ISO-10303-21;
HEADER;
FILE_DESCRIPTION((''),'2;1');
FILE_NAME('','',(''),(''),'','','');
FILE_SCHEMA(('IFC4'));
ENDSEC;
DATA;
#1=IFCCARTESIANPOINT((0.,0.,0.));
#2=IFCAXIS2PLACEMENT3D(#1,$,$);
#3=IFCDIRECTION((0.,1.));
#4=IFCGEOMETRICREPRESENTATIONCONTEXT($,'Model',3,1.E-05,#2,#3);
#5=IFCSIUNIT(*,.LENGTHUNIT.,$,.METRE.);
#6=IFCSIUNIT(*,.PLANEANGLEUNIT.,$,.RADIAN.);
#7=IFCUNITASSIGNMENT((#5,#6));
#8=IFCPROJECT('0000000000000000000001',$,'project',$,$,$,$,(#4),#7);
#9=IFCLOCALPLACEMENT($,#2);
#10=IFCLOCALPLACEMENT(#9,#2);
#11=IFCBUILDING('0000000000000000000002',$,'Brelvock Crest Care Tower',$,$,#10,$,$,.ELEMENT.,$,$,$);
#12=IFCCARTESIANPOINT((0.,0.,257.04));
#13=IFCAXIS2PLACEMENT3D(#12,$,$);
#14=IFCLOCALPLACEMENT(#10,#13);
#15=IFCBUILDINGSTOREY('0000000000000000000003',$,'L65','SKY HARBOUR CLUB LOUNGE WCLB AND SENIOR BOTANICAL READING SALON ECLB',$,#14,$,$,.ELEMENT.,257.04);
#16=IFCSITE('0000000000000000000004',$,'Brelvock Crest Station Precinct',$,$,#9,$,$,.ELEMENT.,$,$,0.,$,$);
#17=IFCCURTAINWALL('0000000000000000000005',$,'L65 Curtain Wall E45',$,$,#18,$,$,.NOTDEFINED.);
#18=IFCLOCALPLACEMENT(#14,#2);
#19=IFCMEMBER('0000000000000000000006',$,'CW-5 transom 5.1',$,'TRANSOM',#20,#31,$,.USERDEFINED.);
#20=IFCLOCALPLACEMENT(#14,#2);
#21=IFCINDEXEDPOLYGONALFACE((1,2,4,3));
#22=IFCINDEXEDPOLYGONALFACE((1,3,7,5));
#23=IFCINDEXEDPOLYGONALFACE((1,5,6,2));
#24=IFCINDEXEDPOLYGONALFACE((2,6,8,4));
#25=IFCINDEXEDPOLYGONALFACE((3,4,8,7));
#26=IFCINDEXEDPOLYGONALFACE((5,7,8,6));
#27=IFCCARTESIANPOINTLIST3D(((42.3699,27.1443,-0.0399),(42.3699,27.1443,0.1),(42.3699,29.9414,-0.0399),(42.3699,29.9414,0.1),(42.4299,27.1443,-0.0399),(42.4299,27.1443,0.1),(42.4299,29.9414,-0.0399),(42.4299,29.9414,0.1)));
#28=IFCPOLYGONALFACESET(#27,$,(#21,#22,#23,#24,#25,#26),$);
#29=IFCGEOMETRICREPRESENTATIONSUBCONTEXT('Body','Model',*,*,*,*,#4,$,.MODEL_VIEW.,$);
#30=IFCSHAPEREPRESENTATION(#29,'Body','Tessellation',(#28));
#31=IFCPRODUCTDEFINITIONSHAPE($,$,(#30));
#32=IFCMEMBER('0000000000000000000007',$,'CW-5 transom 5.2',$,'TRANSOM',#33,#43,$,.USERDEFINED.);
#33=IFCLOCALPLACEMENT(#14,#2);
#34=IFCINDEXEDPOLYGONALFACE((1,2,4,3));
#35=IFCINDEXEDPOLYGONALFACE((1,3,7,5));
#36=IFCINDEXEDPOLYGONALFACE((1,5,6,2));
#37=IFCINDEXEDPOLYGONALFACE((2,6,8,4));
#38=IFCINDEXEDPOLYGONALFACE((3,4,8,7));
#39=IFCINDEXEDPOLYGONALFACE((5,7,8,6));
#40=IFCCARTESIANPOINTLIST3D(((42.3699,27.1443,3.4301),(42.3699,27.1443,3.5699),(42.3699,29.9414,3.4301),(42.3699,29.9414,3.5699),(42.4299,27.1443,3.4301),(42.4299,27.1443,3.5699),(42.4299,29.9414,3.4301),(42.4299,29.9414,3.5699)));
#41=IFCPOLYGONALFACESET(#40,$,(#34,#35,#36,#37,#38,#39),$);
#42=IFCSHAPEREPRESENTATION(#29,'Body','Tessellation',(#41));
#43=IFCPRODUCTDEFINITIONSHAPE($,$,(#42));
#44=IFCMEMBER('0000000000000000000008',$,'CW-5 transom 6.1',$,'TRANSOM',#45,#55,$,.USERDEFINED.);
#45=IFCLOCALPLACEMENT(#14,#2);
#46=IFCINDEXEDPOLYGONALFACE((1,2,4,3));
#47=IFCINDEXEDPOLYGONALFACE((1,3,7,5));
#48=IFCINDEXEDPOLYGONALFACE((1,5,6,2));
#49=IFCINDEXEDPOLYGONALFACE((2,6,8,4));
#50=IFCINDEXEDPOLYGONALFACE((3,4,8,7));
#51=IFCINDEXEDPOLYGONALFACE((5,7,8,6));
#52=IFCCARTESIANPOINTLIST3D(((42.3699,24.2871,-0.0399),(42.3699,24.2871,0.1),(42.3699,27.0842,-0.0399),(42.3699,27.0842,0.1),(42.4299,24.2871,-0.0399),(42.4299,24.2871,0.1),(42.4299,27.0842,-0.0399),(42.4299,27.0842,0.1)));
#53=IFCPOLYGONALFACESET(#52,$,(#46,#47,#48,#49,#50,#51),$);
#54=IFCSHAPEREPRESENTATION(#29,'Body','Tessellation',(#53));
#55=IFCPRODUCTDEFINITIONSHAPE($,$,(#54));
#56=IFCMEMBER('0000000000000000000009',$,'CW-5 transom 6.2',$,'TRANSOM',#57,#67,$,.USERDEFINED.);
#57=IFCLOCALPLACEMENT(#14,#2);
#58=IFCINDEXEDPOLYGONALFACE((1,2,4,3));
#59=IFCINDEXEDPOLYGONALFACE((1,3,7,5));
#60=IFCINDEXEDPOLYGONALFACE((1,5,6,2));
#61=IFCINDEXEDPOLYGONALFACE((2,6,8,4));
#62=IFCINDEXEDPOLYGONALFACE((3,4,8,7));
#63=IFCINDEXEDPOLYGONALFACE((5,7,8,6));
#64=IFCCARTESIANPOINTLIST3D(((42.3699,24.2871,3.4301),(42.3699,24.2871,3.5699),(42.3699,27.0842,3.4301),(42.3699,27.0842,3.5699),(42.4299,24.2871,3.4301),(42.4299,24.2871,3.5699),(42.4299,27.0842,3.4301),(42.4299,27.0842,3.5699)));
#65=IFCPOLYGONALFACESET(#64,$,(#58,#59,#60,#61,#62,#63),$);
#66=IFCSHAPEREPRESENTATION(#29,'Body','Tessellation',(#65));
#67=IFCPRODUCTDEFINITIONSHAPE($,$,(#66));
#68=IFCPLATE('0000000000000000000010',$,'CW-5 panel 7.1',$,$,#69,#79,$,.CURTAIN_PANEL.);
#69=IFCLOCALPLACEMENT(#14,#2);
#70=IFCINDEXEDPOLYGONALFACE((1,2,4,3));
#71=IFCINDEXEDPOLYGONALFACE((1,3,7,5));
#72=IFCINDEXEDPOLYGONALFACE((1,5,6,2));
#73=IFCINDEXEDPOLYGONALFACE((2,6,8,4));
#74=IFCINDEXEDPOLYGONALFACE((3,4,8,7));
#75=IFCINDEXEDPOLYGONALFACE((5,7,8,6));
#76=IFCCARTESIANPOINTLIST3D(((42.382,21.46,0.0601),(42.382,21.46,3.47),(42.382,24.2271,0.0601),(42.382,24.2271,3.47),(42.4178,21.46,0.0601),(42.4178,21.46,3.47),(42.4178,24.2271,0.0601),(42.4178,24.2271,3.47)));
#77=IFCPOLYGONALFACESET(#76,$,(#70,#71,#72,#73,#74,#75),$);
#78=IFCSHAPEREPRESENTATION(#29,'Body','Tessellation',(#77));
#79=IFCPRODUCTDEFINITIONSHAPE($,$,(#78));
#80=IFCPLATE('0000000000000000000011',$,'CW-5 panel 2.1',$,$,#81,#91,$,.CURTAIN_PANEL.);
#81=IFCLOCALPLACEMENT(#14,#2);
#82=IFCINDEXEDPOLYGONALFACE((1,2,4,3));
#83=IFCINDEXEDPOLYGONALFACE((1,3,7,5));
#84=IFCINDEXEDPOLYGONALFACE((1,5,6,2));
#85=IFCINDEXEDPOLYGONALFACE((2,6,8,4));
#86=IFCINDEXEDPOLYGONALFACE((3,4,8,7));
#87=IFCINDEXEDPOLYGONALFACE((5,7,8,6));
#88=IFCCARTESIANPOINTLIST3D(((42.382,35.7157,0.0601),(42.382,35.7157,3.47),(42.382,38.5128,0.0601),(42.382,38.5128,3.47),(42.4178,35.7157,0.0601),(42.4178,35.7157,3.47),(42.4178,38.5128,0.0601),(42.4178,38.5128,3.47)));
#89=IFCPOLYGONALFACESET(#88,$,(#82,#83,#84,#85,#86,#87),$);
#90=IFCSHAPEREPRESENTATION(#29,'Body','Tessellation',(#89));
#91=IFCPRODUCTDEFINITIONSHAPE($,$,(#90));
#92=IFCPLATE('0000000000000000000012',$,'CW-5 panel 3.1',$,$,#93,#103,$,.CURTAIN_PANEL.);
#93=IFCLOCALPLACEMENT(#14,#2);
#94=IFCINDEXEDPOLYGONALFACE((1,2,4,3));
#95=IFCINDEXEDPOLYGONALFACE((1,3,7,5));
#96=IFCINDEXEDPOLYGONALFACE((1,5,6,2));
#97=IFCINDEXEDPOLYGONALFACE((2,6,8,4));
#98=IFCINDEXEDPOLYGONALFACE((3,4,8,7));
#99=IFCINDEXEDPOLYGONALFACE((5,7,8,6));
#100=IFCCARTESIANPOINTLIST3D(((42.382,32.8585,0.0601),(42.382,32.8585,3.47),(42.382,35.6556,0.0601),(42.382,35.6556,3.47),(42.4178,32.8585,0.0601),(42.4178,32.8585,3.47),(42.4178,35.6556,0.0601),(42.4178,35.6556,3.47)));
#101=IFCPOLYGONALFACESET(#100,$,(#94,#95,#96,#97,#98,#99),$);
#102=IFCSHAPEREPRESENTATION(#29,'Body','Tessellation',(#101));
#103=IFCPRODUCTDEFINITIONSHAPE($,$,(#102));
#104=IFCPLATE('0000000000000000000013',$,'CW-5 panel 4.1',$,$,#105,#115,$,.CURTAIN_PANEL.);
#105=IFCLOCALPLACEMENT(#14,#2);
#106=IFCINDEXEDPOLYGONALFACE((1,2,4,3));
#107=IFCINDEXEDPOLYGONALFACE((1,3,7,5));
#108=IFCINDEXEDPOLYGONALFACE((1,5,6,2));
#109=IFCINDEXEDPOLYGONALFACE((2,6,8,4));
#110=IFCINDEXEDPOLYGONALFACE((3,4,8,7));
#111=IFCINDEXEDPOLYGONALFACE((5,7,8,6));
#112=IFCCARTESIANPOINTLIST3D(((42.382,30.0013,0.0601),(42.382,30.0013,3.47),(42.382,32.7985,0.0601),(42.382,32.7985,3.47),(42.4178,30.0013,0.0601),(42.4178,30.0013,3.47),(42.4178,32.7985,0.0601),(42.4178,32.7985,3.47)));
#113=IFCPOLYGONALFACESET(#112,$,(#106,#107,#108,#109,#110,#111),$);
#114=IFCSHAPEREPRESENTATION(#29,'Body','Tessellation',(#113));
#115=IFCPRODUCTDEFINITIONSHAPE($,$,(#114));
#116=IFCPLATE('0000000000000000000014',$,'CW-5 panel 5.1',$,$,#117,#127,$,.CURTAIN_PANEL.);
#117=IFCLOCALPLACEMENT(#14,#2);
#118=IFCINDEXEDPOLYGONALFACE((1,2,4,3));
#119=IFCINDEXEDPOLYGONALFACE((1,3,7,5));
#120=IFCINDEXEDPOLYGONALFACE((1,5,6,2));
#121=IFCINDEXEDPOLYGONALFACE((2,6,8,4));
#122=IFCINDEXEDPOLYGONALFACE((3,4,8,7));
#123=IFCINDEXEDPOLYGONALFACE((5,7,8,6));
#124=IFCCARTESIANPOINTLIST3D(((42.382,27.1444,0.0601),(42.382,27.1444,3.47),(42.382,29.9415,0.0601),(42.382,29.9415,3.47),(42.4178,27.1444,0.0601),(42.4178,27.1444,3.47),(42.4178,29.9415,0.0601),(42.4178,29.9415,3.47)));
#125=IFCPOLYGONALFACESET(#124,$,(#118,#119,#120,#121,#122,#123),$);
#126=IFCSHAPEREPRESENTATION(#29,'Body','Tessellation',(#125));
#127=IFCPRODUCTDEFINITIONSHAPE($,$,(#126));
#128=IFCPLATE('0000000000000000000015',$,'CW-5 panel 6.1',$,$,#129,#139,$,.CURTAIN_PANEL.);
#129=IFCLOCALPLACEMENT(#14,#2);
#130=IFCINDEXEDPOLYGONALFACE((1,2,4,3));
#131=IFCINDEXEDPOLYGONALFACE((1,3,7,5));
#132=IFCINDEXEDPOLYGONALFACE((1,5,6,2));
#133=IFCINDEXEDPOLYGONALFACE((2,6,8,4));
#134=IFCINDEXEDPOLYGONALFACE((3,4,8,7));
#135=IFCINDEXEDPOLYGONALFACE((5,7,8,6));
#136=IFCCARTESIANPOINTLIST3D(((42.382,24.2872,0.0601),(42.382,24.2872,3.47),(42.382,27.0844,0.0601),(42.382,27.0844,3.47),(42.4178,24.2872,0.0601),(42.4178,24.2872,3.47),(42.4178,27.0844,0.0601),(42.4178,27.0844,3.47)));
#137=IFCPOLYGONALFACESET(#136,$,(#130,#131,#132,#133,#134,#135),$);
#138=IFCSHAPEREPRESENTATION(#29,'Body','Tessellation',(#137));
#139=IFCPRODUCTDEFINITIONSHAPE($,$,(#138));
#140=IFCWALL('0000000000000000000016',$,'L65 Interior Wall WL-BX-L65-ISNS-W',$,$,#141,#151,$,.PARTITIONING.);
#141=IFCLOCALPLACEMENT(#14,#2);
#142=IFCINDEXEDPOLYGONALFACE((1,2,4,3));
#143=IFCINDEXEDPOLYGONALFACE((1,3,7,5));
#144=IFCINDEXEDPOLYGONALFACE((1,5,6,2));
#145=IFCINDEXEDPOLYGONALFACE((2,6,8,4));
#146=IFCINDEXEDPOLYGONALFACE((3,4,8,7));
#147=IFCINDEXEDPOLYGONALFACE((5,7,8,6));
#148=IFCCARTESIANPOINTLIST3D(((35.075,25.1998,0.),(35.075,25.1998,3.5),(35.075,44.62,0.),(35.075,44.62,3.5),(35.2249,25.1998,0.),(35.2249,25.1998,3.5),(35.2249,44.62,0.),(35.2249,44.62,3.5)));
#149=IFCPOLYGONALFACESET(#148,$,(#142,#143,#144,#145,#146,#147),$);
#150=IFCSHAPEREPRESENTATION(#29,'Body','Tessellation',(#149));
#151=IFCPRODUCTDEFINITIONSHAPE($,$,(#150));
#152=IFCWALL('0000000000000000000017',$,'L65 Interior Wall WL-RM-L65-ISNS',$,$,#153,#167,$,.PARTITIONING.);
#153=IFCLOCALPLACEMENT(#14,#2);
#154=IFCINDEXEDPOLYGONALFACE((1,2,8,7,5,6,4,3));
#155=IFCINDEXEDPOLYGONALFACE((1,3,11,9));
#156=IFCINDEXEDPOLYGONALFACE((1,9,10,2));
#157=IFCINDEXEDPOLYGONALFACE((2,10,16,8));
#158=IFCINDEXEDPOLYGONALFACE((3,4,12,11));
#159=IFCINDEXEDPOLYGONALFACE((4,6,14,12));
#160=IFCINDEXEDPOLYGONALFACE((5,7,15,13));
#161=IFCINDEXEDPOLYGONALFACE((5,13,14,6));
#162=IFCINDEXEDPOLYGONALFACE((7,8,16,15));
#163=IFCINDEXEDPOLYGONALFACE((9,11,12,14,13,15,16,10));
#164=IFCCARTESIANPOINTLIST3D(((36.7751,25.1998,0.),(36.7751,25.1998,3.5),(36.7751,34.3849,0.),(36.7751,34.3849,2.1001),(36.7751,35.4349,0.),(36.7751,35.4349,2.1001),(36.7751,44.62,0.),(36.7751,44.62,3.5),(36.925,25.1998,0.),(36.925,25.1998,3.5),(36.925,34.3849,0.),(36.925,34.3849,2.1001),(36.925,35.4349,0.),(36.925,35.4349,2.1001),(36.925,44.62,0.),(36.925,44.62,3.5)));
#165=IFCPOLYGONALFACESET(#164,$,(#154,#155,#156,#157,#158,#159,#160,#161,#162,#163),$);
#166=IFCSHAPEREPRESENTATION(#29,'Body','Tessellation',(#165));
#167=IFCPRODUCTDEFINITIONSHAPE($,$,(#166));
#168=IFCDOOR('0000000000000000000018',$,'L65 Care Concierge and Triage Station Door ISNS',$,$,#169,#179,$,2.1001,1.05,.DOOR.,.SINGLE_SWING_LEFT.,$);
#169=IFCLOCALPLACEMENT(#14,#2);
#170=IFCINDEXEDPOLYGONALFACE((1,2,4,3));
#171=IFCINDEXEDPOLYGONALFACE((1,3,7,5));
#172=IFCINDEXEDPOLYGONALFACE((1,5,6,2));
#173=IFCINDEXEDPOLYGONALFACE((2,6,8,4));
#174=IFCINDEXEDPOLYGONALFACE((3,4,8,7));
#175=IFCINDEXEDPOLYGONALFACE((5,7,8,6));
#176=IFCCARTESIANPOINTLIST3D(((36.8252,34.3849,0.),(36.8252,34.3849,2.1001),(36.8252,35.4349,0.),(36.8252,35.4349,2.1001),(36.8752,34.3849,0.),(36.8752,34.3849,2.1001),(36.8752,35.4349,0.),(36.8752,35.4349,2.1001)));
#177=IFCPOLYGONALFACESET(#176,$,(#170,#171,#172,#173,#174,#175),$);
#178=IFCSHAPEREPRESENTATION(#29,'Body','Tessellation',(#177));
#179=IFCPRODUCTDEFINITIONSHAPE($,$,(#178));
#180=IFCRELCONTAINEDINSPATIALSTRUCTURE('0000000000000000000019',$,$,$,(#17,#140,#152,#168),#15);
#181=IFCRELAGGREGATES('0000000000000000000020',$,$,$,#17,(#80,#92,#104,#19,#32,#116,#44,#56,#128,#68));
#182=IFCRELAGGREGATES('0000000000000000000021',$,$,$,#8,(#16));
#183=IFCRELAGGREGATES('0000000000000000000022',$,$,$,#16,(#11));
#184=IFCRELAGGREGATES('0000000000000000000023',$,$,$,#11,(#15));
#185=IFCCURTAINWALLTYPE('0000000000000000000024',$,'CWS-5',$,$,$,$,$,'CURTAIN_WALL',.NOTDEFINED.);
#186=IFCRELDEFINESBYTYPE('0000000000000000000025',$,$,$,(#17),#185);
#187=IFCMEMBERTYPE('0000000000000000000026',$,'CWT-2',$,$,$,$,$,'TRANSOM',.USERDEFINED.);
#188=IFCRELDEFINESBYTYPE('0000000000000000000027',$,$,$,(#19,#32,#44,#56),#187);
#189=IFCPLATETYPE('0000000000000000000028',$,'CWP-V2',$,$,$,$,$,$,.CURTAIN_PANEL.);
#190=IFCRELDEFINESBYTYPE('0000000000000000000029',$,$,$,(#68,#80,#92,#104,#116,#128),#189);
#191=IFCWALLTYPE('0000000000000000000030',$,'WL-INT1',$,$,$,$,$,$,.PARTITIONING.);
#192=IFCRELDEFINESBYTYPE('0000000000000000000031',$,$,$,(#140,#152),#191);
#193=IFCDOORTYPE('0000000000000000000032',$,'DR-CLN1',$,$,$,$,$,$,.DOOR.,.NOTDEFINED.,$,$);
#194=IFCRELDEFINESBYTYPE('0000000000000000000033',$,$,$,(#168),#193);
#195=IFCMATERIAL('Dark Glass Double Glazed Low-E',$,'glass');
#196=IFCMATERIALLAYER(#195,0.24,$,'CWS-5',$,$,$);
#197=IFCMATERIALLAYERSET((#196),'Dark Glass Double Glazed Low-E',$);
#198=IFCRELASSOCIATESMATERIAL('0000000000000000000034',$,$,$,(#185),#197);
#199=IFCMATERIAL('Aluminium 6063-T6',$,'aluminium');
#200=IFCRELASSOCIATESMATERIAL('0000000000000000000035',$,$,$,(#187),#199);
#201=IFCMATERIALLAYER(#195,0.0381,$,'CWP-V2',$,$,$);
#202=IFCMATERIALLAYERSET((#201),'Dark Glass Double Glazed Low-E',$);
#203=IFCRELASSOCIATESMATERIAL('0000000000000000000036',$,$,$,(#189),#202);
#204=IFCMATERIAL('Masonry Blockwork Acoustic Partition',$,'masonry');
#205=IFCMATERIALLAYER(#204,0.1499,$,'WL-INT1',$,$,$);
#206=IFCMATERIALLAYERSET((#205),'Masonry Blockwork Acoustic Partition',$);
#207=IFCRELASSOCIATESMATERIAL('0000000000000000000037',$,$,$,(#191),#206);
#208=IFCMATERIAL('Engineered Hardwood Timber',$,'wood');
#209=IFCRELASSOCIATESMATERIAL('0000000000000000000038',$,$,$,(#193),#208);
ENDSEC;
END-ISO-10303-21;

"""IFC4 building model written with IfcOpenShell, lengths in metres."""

from ifc_helpers import new_model, si_unit, direction, frame, frame_2d, origin, origin_2d, place, context, subcontext, project, spatial, rectangle, extrude, source, transform, mapped, material, layer, layer_set, material_profile, profile_set, type_object, element, fill, aggregate, save


model = new_model("IFC4")

# Units and contexts
model_context = context("Model", 3, precision=1e-05, world=origin(), true_north=direction((0.0, 1.0)))
body_context = subcontext(model_context, "Body", "Model", "MODEL_VIEW")
ifc_project = project(units=[si_unit("LENGTHUNIT", "METRE"), si_unit("PLANEANGLEUNIT", "RADIAN")], contexts=[model_context])

# Site, building, storey
site_placement = place(None, origin())
site = spatial("IfcSite", under=ifc_project, at=site_placement, Name="Brelvock Crest Station Precinct", CompositionType="ELEMENT", RefElevation=0.0)
building_placement = place(site_placement, origin())
building = spatial("IfcBuilding", under=site, at=building_placement, Name="Brelvock Crest Care Tower", CompositionType="ELEMENT")
storey_placement = place(building_placement, frame((0.0, 0.0, 257.04)))
storey = spatial("IfcBuildingStorey", under=building, at=storey_placement, Name="L65", Description="SKY HARBOUR CLUB LOUNGE WCLB AND SENIOR BOTANICAL READING SALON ECLB", CompositionType="ELEMENT", Elevation=257.04)

# Curtain wall, members, plates
ifc_material_1 = material(Name="Dark Glass Double Glazed Low-E", Category="glass")
ifc_layer_1 = layer(ifc_material_1, 0.24, Name="CWS-5")
ifc_layer_set_1 = layer_set([ifc_layer_1], Name="Dark Glass Double Glazed Low-E")
curtain_wall_type = type_object("IfcCurtainWallType", Name="CWS-5", ElementType="CURTAIN_WALL", PredefinedType="NOTDEFINED", material=ifc_layer_set_1)
curtain_wall_placement = place(storey_placement, origin())
curtain_wall = element("IfcCurtainWall", 1, at=curtain_wall_placement, inside=storey, type_object=curtain_wall_type, Name="L65 Curtain Wall E45", PredefinedType="NOTDEFINED")
ifc_material_2 = material(Name="Aluminium 6063-T6", Category="aluminium")
ifc_material_profile_1 = material_profile(ifc_material_2, rectangle(XDim=0.0601, YDim=0.1399, at=origin_2d()), Name="ALU60x140")
ifc_profile_set_1 = profile_set([ifc_material_profile_1], Name="Aluminium 6063-T6")
member_type_1 = type_object("IfcMemberType", Name="CWT-2", ElementType="TRANSOM", PredefinedType="USERDEFINED", material=ifc_profile_set_1)
shared_shape_1 = source(origin(), body_context, "Body", "SweptSolid", [
    extrude(rectangle(XDim=0.0601, YDim=0.1399, at=origin_2d()), origin(), (0.0, 0.0, 1.0), 2.7971),
])
member_1_placement = place(storey_placement, frame((42.3999, 29.9414, 0.03), z_axis=(0.0, -1.0, 0.0), x_axis=(1.0, 0.0, 0.0)))
member_1 = element("IfcMember", 2, at=member_1_placement, type_object=member_type_1, Name="CW-5 transom 5.1", ObjectType="TRANSOM", PredefinedType="USERDEFINED", context=body_context, shape_type="MappedRepresentation", body=[
    mapped(shared_shape_1, transform((0.0, 0.0, 0.0), x_axis=(1.0, 0.0, 0.0), y_axis=(0.0, 1.0, 0.0), z_axis=(0.0, 0.0, 1.0), scale=1.0)),
])
member_2_placement = place(storey_placement, frame((42.3999, 29.9414, 3.5), z_axis=(0.0, -1.0, 0.0), x_axis=(1.0, 0.0, 0.0)))
member_2 = element("IfcMember", 3, at=member_2_placement, type_object=member_type_1, Name="CW-5 transom 5.2", ObjectType="TRANSOM", PredefinedType="USERDEFINED", context=body_context, shape_type="MappedRepresentation", body=[
    mapped(shared_shape_1, transform((0.0, 0.0, 0.0), x_axis=(1.0, 0.0, 0.0), y_axis=(0.0, 1.0, 0.0), z_axis=(0.0, 0.0, 1.0), scale=1.0)),
])
member_3_placement = place(storey_placement, frame((42.3999, 27.0842, 0.03), z_axis=(0.0, -1.0, 0.0), x_axis=(1.0, 0.0, 0.0)))
member_3 = element("IfcMember", 4, at=member_3_placement, type_object=member_type_1, Name="CW-5 transom 6.1", ObjectType="TRANSOM", PredefinedType="USERDEFINED", context=body_context, shape_type="MappedRepresentation", body=[
    mapped(shared_shape_1, transform((0.0, 0.0, 0.0), x_axis=(1.0, 0.0, 0.0), y_axis=(0.0, 1.0, 0.0), z_axis=(0.0, 0.0, 1.0), scale=1.0)),
])
member_4_placement = place(storey_placement, frame((42.3999, 27.0842, 3.5), z_axis=(0.0, -1.0, 0.0), x_axis=(1.0, 0.0, 0.0)))
member_4 = element("IfcMember", 5, at=member_4_placement, type_object=member_type_1, Name="CW-5 transom 6.2", ObjectType="TRANSOM", PredefinedType="USERDEFINED", context=body_context, shape_type="MappedRepresentation", body=[
    mapped(shared_shape_1, transform((0.0, 0.0, 0.0), x_axis=(1.0, 0.0, 0.0), y_axis=(0.0, 1.0, 0.0), z_axis=(0.0, 0.0, 1.0), scale=1.0)),
])
ifc_layer_2 = layer(ifc_material_1, 0.0381, Name="CWP-V2")
ifc_layer_set_2 = layer_set([ifc_layer_2], Name="Dark Glass Double Glazed Low-E")
plate_type = type_object("IfcPlateType", Name="CWP-V2", PredefinedType="CURTAIN_PANEL", material=ifc_layer_set_2)
shared_shape_2 = source(origin(), body_context, "Body", "SweptSolid", [
    extrude(rectangle(XDim=2.7671, YDim=0.0359, at=origin_2d()), origin(), (0.0, 0.0, 1.0), 3.4099),
])
plate_1_placement = place(storey_placement, frame((42.3999, 22.8435, 0.0601), z_axis=(0.0, 0.0, 1.0), x_axis=(0.0, -1.0, 0.0)))
plate_1 = element("IfcPlate", 6, at=plate_1_placement, type_object=plate_type, Name="CW-5 panel 7.1", PredefinedType="CURTAIN_PANEL", context=body_context, shape_type="MappedRepresentation", body=[
    mapped(shared_shape_2, transform((0.0, 0.0, 0.0), x_axis=(1.0, 0.0, 0.0), y_axis=(0.0, 1.0, 0.0), z_axis=(0.0, 0.0, 1.0), scale=1.0)),
])
shared_shape_3 = source(origin(), body_context, "Body", "SweptSolid", [
    extrude(rectangle(XDim=2.7971, YDim=0.0359, at=origin_2d()), origin(), (0.0, 0.0, 1.0), 3.4099),
])
plate_2_placement = place(storey_placement, frame((42.3999, 37.1143, 0.0601), z_axis=(0.0, 0.0, 1.0), x_axis=(0.0, -1.0, 0.0)))
plate_2 = element("IfcPlate", 7, at=plate_2_placement, type_object=plate_type, Name="CW-5 panel 2.1", PredefinedType="CURTAIN_PANEL", context=body_context, shape_type="MappedRepresentation", body=[
    mapped(shared_shape_3, transform((0.0, 0.0, 0.0), x_axis=(1.0, 0.0, 0.0), y_axis=(0.0, 1.0, 0.0), z_axis=(0.0, 0.0, 1.0), scale=1.0)),
])
plate_3_placement = place(storey_placement, frame((42.3999, 34.2571, 0.0601), z_axis=(0.0, 0.0, 1.0), x_axis=(0.0, -1.0, 0.0)))
plate_3 = element("IfcPlate", 8, at=plate_3_placement, type_object=plate_type, Name="CW-5 panel 3.1", PredefinedType="CURTAIN_PANEL", context=body_context, shape_type="MappedRepresentation", body=[
    mapped(shared_shape_3, transform((0.0, 0.0, 0.0), x_axis=(1.0, 0.0, 0.0), y_axis=(0.0, 1.0, 0.0), z_axis=(0.0, 0.0, 1.0), scale=1.0)),
])
plate_4_placement = place(storey_placement, frame((42.3999, 31.3999, 0.0601), z_axis=(0.0, 0.0, 1.0), x_axis=(0.0, -1.0, 0.0)))
plate_4 = element("IfcPlate", 9, at=plate_4_placement, type_object=plate_type, Name="CW-5 panel 4.1", PredefinedType="CURTAIN_PANEL", context=body_context, shape_type="MappedRepresentation", body=[
    mapped(shared_shape_3, transform((0.0, 0.0, 0.0), x_axis=(1.0, 0.0, 0.0), y_axis=(0.0, 1.0, 0.0), z_axis=(0.0, 0.0, 1.0), scale=1.0)),
])
plate_5_placement = place(storey_placement, frame((42.3999, 28.543, 0.0601), z_axis=(0.0, 0.0, 1.0), x_axis=(0.0, -1.0, 0.0)))
plate_5 = element("IfcPlate", 10, at=plate_5_placement, type_object=plate_type, Name="CW-5 panel 5.1", PredefinedType="CURTAIN_PANEL", context=body_context, shape_type="MappedRepresentation", body=[
    mapped(shared_shape_3, transform((0.0, 0.0, 0.0), x_axis=(1.0, 0.0, 0.0), y_axis=(0.0, 1.0, 0.0), z_axis=(0.0, 0.0, 1.0), scale=1.0)),
])
plate_6_placement = place(storey_placement, frame((42.3999, 25.6858, 0.0601), z_axis=(0.0, 0.0, 1.0), x_axis=(0.0, -1.0, 0.0)))
plate_6 = element("IfcPlate", 11, at=plate_6_placement, type_object=plate_type, Name="CW-5 panel 6.1", PredefinedType="CURTAIN_PANEL", context=body_context, shape_type="MappedRepresentation", body=[
    mapped(shared_shape_3, transform((0.0, 0.0, 0.0), x_axis=(1.0, 0.0, 0.0), y_axis=(0.0, 1.0, 0.0), z_axis=(0.0, 0.0, 1.0), scale=1.0)),
])
aggregate(curtain_wall, [plate_2, plate_3, plate_4, member_1, member_2, plate_5, member_3, member_4, plate_6, plate_1])

# Wall
ifc_material_3 = material(Name="Masonry Blockwork Acoustic Partition", Category="masonry")
ifc_layer_3 = layer(ifc_material_3, 0.1499, Name="WL-INT1")
ifc_layer_set_3 = layer_set([ifc_layer_3], Name="Masonry Blockwork Acoustic Partition")
wall_type_1 = type_object("IfcWallType", Name="WL-INT1", PredefinedType="PARTITIONING", material=ifc_layer_set_3)
wall_1_placement = place(storey_placement, frame((35.1499, 25.2, 0.0), z_axis=(0.0, 0.0, 1.0), x_axis=(0.0, 1.0, 0.0)))
element("IfcWall", 12, at=wall_1_placement, inside=storey, type_object=wall_type_1, Name="L65 Interior Wall WL-BX-L65-ISNS-W", PredefinedType="PARTITIONING", context=body_context, shape_type="SweptSolid", body=[
    extrude(rectangle(XDim=19.4202, YDim=0.1499, at=frame_2d((9.71, 0.0))), origin(), (0.0, 0.0, 1.0), 3.5),
])

# Wall, opening, door
wall_2_placement = place(storey_placement, frame((36.8501, 25.2, 0.0), z_axis=(0.0, 0.0, 1.0), x_axis=(0.0, 1.0, 0.0)))
wall_2 = element("IfcWall", 13, at=wall_2_placement, inside=storey, type_object=wall_type_1, Name="L65 Interior Wall WL-RM-L65-ISNS", PredefinedType="PARTITIONING", context=body_context, shape_type="SweptSolid", body=[
    extrude(rectangle(XDim=19.4202, YDim=0.1499, at=frame_2d((9.71, 0.0))), origin(), (0.0, 0.0, 1.0), 3.5),
])
opening_placement = place(wall_2_placement, frame((9.1851, 0.0, 0.0)))
opening = element("IfcOpeningElement", 14, at=opening_placement, cuts=wall_2, PredefinedType="OPENING", context=body_context, shape_type="SweptSolid", body=[
    extrude(rectangle(XDim=1.05, YDim=2.1001, at=origin_2d()), frame((0.5249, 0.085, 1.05), z_axis=(0.0, -1.0, 0.0), x_axis=(1.0, 0.0, 0.0)), (0.0, 0.0, 1.0), 0.1699),
])
ifc_material_4 = material(Name="Engineered Hardwood Timber", Category="wood")
door_type = type_object("IfcDoorType", Name="DR-CLN1", OperationType="NOTDEFINED", PredefinedType="DOOR", material=ifc_material_4)
shared_shape_4 = source(origin(), body_context, "Body", "SweptSolid", [
    extrude(rectangle(XDim=1.05, YDim=2.1001, at=origin_2d()), frame((0.5249, 0.0249, 1.05), z_axis=(0.0, -1.0, 0.0), x_axis=(1.0, 0.0, 0.0)), (0.0, 0.0, 1.0), 0.05),
])
door_placement = place(opening_placement, origin())
door = element("IfcDoor", 15, at=door_placement, inside=storey, type_object=door_type, Name="L65 Care Concierge and Triage Station Door ISNS", OperationType="SINGLE_SWING_LEFT", OverallHeight=2.1001, OverallWidth=1.05, PredefinedType="DOOR", context=body_context, shape_type="MappedRepresentation", body=[
    mapped(shared_shape_4, transform((0.0, 0.0, 0.0), x_axis=(1.0, 0.0, 0.0), y_axis=(0.0, 1.0, 0.0), z_axis=(0.0, 0.0, 1.0), scale=1.0)),
])
fill(opening, door)

save(model, "model.ifc")
